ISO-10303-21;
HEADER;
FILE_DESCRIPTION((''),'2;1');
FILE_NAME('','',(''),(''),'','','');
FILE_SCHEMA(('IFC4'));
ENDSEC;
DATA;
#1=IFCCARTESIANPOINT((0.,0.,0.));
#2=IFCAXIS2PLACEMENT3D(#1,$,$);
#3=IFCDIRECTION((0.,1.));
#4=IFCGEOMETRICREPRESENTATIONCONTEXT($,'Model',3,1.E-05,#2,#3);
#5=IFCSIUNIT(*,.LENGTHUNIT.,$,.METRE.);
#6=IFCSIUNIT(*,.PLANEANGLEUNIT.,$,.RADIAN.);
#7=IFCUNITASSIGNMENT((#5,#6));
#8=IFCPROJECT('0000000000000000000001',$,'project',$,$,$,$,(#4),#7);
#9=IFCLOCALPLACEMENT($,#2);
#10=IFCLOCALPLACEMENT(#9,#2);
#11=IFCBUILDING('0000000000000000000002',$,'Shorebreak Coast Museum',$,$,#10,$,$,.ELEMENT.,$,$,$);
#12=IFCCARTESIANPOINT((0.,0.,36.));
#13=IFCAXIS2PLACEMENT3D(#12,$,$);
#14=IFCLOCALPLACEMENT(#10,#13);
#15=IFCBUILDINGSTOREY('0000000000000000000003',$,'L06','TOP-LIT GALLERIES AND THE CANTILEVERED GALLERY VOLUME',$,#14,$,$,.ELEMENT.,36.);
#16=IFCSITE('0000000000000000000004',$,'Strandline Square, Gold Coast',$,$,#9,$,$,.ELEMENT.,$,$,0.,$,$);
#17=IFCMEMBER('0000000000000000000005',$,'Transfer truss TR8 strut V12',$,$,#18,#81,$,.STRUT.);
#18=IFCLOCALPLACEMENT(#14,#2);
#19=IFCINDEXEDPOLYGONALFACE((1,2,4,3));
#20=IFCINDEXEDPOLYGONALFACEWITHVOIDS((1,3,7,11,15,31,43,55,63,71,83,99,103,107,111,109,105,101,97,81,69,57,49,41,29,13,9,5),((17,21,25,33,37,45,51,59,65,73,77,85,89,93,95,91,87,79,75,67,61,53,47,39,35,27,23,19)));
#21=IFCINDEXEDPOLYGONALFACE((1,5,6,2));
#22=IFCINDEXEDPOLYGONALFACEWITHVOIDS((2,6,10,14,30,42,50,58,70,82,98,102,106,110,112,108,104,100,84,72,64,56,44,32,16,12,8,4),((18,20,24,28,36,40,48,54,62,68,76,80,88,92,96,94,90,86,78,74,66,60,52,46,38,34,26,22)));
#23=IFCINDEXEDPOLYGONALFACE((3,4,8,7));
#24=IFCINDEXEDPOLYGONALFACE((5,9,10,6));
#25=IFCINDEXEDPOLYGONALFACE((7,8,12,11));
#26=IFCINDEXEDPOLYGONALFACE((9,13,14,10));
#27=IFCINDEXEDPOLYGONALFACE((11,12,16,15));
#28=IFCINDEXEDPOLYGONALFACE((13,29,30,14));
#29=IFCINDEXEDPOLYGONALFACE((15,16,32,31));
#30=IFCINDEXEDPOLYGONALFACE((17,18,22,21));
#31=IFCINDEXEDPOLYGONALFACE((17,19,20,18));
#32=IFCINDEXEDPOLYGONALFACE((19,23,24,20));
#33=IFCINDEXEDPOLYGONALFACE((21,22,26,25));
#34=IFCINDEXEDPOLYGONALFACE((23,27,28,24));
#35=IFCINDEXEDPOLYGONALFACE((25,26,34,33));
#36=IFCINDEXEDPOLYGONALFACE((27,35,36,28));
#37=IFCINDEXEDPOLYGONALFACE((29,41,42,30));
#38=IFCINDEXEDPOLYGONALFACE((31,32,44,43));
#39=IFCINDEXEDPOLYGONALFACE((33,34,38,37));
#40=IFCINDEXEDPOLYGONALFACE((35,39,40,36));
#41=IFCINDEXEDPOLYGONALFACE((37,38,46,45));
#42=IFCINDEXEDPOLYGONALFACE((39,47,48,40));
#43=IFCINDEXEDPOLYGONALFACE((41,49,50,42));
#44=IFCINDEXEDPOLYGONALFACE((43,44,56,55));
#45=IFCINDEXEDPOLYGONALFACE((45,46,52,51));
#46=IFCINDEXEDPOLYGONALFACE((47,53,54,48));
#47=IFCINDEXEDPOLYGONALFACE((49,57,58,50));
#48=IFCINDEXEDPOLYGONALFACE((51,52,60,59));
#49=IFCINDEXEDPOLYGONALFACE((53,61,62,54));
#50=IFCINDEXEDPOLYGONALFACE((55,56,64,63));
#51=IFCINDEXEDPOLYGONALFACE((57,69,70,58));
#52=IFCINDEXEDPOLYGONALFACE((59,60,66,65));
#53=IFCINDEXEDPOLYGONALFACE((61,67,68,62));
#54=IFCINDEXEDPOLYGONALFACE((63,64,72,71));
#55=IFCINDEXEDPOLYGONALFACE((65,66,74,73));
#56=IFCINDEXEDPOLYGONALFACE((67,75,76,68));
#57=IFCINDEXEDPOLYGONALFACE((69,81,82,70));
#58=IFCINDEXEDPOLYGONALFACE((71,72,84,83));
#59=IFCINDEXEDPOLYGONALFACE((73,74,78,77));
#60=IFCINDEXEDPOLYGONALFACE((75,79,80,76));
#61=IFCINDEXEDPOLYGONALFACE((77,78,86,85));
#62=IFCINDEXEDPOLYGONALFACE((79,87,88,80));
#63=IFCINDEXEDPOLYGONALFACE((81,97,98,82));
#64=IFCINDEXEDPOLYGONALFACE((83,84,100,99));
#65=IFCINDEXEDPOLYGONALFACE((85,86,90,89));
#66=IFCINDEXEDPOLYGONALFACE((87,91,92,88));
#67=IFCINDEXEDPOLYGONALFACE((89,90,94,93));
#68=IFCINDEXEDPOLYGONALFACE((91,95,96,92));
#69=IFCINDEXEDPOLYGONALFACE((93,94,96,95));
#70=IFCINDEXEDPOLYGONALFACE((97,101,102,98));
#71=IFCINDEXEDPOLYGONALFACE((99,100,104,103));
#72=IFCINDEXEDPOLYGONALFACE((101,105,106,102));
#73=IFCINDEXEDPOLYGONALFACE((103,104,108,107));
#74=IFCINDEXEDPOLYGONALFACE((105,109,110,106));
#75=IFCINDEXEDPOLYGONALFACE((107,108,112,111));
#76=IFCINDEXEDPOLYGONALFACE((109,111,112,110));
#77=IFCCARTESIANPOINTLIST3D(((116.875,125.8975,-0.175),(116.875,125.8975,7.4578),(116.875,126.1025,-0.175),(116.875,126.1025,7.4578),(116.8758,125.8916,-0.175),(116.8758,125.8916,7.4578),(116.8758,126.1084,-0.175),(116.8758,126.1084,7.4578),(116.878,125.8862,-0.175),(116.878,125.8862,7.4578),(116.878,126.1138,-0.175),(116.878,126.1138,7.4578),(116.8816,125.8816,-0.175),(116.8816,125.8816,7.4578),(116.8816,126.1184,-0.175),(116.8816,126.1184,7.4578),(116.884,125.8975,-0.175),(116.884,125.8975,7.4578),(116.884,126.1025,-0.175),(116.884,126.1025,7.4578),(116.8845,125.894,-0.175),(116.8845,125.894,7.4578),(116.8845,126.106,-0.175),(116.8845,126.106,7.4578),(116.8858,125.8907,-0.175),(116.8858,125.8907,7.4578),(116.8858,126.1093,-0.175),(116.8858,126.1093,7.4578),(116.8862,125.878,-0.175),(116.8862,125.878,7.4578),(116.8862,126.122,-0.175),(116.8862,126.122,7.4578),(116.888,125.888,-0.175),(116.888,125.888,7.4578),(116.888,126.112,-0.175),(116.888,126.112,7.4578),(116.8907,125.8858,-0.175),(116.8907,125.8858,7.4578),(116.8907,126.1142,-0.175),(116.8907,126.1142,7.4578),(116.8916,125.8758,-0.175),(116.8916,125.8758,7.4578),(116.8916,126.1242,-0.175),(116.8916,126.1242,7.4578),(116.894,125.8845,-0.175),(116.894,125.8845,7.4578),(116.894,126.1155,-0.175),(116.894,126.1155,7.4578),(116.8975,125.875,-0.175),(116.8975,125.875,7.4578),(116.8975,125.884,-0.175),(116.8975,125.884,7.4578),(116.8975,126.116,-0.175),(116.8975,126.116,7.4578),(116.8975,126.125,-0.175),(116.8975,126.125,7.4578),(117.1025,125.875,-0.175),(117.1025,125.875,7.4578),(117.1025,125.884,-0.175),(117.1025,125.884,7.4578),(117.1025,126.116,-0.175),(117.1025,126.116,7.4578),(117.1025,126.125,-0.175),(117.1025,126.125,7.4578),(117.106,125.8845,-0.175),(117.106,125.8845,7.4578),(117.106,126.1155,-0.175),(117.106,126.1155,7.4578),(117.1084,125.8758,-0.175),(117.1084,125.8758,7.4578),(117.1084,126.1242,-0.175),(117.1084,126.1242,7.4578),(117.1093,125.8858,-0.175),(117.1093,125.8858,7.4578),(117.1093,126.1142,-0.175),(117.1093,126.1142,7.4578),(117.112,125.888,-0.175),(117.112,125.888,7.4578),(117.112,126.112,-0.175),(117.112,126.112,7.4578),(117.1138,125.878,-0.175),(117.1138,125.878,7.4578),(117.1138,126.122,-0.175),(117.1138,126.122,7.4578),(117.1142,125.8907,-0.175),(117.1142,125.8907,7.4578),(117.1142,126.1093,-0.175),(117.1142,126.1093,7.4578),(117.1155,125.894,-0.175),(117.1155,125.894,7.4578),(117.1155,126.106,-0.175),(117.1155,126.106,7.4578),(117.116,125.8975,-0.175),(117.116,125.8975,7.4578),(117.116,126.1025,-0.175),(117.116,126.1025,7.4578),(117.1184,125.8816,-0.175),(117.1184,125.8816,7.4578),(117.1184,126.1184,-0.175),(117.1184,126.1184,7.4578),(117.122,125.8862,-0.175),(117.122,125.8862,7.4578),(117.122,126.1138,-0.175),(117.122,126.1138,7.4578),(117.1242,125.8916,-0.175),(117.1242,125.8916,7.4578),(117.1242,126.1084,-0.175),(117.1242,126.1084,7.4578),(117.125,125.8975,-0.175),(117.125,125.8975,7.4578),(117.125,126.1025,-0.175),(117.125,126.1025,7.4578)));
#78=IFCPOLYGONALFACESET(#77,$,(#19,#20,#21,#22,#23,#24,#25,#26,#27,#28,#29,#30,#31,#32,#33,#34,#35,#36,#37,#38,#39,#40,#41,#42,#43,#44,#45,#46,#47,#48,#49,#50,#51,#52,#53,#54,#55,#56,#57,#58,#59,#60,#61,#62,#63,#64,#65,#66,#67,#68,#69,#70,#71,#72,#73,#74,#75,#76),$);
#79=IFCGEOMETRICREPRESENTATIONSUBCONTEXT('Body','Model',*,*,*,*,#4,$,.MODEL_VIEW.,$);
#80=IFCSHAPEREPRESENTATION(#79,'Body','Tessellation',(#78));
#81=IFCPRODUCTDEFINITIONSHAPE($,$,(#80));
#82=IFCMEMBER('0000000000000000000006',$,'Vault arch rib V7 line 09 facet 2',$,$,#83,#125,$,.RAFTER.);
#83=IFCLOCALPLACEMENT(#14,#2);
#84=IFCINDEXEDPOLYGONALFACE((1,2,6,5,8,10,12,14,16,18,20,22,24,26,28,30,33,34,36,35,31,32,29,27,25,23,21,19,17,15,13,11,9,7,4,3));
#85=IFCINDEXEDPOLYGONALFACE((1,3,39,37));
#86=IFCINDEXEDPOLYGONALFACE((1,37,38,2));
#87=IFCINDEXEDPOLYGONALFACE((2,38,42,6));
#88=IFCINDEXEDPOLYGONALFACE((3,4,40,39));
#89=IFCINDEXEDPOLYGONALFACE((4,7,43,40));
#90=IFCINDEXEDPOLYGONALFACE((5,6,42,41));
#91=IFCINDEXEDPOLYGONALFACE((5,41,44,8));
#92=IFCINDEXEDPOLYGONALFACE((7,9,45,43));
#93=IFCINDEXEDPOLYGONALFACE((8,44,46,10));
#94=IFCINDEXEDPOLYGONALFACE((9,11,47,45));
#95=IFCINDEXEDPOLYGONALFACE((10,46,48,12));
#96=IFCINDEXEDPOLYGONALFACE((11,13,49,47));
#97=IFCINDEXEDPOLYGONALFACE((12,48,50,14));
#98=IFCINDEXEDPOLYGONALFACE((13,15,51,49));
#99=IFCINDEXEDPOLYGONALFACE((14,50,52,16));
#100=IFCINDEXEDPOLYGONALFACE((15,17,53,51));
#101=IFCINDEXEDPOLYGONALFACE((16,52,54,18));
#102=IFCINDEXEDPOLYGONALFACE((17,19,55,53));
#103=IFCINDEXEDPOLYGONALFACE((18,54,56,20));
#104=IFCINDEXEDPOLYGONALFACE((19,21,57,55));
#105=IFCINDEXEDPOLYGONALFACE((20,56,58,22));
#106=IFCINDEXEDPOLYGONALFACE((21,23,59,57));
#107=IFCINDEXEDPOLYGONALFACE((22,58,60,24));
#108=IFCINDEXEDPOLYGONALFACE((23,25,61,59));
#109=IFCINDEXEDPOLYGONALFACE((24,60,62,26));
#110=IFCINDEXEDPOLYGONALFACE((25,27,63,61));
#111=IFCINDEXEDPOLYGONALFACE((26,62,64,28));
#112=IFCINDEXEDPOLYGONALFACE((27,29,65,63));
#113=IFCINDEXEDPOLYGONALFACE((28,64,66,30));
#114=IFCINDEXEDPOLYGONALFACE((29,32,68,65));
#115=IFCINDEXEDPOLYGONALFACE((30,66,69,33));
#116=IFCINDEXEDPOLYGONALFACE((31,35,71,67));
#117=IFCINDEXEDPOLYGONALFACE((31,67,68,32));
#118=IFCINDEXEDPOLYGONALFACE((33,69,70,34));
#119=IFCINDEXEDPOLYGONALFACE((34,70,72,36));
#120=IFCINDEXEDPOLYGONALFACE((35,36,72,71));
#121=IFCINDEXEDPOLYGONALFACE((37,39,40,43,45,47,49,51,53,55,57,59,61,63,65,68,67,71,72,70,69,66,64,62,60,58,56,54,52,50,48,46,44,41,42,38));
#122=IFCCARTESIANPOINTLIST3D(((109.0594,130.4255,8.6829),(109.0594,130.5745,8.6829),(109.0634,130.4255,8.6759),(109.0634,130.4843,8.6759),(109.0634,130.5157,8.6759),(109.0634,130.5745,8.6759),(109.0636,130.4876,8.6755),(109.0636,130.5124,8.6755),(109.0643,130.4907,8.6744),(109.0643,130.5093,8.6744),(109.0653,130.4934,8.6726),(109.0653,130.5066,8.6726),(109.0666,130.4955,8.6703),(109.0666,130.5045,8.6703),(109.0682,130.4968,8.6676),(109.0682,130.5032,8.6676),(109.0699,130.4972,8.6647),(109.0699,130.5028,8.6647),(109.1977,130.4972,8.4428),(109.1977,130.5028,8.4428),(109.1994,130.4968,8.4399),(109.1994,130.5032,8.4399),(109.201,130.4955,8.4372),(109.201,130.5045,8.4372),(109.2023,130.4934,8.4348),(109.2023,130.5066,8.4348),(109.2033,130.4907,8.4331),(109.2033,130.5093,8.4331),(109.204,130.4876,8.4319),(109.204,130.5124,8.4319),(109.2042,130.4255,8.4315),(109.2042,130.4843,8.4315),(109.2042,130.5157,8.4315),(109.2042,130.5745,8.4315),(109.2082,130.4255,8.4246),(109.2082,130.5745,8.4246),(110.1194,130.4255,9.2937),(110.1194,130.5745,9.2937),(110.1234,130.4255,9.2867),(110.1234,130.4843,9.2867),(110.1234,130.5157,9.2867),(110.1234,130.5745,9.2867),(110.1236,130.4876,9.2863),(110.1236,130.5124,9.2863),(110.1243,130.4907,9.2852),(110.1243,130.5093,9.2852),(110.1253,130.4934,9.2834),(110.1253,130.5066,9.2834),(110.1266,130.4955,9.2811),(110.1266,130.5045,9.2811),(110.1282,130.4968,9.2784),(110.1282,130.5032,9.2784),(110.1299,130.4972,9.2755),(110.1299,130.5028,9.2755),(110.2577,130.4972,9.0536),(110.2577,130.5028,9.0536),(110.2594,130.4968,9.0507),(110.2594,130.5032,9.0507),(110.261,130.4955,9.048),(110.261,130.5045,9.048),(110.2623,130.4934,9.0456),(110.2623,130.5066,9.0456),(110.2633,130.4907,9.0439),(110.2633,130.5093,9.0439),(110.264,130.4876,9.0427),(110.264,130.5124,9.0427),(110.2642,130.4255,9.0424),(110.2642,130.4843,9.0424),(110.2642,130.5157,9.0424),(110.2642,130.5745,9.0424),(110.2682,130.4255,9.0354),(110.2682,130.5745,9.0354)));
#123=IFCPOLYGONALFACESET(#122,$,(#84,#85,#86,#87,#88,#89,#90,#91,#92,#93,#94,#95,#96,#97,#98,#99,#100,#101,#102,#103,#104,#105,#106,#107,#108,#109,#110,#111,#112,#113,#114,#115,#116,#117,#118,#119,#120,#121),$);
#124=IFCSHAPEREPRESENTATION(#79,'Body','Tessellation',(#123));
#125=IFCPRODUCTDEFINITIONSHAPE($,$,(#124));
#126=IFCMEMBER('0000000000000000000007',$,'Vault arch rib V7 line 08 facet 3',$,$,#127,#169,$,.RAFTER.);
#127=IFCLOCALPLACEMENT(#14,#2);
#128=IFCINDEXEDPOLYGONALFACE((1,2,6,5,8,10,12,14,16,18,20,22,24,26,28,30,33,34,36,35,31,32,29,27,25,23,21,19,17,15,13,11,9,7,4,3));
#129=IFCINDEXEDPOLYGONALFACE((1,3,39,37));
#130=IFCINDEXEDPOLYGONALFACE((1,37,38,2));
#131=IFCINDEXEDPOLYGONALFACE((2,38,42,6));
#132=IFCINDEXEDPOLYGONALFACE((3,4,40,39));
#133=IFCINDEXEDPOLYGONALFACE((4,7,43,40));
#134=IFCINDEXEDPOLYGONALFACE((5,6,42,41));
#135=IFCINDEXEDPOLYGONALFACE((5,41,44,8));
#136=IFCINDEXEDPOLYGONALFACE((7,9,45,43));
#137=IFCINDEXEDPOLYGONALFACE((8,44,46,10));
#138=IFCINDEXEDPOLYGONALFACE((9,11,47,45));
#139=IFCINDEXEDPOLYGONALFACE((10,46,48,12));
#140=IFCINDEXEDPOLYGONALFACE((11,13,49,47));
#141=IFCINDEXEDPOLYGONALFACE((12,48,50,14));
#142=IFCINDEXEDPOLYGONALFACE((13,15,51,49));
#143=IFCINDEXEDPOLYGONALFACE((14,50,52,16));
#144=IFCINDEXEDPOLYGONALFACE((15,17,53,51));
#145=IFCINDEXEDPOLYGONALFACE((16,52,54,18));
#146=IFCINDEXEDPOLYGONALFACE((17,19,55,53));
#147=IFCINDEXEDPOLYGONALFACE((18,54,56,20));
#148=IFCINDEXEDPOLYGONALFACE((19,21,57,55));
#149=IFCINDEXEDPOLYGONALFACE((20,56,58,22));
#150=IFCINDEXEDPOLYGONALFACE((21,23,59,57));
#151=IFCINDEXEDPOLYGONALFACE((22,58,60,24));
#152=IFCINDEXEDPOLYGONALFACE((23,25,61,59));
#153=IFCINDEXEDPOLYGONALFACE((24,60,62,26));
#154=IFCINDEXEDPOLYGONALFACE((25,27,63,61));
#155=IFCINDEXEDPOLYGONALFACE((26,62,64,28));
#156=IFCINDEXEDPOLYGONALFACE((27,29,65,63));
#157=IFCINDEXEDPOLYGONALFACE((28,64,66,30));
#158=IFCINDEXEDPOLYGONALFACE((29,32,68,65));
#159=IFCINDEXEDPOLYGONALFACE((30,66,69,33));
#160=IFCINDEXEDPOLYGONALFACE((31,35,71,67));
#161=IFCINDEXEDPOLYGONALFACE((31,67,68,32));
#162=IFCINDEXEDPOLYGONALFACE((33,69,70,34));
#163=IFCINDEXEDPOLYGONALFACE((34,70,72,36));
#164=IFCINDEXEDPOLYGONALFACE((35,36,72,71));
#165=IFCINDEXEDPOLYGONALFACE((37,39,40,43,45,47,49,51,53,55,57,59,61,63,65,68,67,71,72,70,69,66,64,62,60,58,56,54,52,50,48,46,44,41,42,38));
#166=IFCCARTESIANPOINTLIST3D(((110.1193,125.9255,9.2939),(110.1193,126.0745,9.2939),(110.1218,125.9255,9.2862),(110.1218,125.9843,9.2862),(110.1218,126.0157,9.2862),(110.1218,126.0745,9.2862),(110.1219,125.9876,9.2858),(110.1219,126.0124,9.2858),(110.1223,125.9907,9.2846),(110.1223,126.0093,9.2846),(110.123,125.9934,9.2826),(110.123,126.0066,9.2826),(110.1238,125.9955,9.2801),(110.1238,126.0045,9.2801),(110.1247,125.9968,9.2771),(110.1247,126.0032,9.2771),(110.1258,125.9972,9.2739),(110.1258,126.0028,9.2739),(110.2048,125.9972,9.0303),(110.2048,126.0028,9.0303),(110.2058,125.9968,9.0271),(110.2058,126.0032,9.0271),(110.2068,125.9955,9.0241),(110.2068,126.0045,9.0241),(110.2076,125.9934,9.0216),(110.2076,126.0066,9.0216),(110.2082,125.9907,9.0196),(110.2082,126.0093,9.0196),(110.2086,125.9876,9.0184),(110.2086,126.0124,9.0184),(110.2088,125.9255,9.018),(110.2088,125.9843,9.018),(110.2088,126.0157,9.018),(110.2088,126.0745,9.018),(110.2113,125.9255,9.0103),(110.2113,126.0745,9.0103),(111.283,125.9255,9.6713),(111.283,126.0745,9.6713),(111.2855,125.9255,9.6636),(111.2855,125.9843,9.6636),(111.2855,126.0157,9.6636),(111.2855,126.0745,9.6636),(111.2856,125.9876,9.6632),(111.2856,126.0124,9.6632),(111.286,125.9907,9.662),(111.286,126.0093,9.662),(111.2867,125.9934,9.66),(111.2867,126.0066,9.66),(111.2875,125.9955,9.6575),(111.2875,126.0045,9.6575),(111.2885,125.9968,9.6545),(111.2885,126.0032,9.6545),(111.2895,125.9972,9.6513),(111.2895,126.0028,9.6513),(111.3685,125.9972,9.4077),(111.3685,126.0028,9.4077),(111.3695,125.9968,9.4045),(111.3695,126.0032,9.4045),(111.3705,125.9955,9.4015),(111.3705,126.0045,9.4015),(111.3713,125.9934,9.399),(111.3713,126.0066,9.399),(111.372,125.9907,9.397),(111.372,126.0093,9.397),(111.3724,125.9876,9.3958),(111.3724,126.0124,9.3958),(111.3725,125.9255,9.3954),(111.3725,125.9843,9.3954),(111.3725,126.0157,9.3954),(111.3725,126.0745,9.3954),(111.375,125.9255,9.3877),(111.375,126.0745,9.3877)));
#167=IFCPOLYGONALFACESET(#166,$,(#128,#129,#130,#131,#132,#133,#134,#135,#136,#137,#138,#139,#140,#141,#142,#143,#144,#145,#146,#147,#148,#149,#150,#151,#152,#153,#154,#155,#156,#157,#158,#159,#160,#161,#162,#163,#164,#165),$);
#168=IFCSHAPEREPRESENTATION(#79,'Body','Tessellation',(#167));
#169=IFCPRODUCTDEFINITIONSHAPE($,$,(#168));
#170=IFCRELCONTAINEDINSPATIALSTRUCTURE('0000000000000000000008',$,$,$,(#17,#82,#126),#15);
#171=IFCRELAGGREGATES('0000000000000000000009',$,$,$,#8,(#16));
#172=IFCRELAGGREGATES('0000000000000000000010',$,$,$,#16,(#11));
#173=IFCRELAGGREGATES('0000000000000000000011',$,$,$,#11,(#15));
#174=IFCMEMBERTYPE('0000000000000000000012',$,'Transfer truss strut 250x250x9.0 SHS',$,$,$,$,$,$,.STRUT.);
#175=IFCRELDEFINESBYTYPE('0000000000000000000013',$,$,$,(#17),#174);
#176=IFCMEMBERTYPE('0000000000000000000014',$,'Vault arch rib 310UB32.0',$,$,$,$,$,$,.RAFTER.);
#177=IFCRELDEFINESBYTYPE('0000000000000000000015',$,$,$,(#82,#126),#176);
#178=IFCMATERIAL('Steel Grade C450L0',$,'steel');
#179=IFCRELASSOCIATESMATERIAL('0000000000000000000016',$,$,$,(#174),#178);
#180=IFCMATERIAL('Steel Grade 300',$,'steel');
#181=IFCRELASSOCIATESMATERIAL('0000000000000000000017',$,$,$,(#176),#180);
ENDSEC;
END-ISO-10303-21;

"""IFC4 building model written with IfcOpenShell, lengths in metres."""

from ifc_helpers import new_model, si_unit, direction, frame, origin, origin_2d, place, context, subcontext, project, spatial, hollow_rectangle, i_section, extrude, material, material_profile, profile_set, type_object, element, save


model = new_model("IFC4")

# Units and contexts
model_context = context("Model", 3, precision=1e-05, world=origin(), true_north=direction((0.0, 1.0)))
body_context = subcontext(model_context, "Body", "Model", "MODEL_VIEW")
ifc_project = project(units=[si_unit("LENGTHUNIT", "METRE"), si_unit("PLANEANGLEUNIT", "RADIAN")], contexts=[model_context])

# Site, building, storey
site_placement = place(None, origin())
site = spatial("IfcSite", under=ifc_project, at=site_placement, Name="Strandline Square, Gold Coast", CompositionType="ELEMENT", RefElevation=0.0)
building_placement = place(site_placement, origin())
building = spatial("IfcBuilding", under=site, at=building_placement, Name="Shorebreak Coast Museum", CompositionType="ELEMENT")
storey_placement = place(building_placement, frame((0.0, 0.0, 36.0)))
storey = spatial("IfcBuildingStorey", under=building, at=storey_placement, Name="L06", Description="TOP-LIT GALLERIES AND THE CANTILEVERED GALLERY VOLUME", CompositionType="ELEMENT", Elevation=36.0)

# Members
ifc_material_1 = material(Name="Steel Grade C450L0", Category="steel")
ifc_material_profile_1 = material_profile(ifc_material_1, hollow_rectangle(XDim=0.25, YDim=0.25, WallThickness=0.009, InnerFilletRadius=0.0134, OuterFilletRadius=0.0225, at=origin_2d()), Name="250x250x9.0 SHS")
ifc_profile_set_1 = profile_set([ifc_material_profile_1], Name="Steel Grade C450L0")
member_type_1 = type_object("IfcMemberType", Name="Transfer truss strut 250x250x9.0 SHS", PredefinedType="STRUT", material=ifc_profile_set_1)
for number, where, z_axis, x_axis, name in (
    (1, (117.0, 126.0, -0.175), (0.0, 0.0, 1.0), (1.0, 0.0, 0.0), "Transfer truss TR8 strut V12"),
):
    element("IfcMember", number, at=place(storey_placement, frame(where, z_axis=z_axis, x_axis=x_axis)), inside=storey, type_object=member_type_1, Name=name, PredefinedType="STRUT", context=body_context, shape_type="SweptSolid", body=[
        extrude(hollow_rectangle(XDim=0.25, YDim=0.25, WallThickness=0.009, InnerFilletRadius=0.0134, OuterFilletRadius=0.0225, at=origin_2d()), origin(), (0.0, 0.0, 1.0), 7.6328),
    ])
ifc_material_2 = material(Name="Steel Grade 300", Category="steel")
ifc_material_profile_2 = material_profile(ifc_material_2, i_section(OverallWidth=0.1489, OverallDepth=0.2981, WebThickness=0.0056, FlangeThickness=0.0081, FilletRadius=0.0129, at=origin_2d()), Name="310UB32.0")
ifc_profile_set_2 = profile_set([ifc_material_profile_2], Name="Steel Grade 300")
member_type_2 = type_object("IfcMemberType", Name="Vault arch rib 310UB32.0", PredefinedType="RAFTER", material=ifc_profile_set_2)
for number, where, z_axis, x_axis, name in (
    (2, (109.1338, 130.5, 8.5537), (0.866445, 0.0, 0.499273), (0.0, 1.0, 0.0), "Vault arch rib V7 line 09 facet 2"),
    (3, (110.1653, 126.0, 9.1521), (0.951226, 0.0, 0.308495), (0.0, 1.0, 0.0), "Vault arch rib V7 line 08 facet 3"),
):
    element("IfcMember", number, at=place(storey_placement, frame(where, z_axis=z_axis, x_axis=x_axis)), inside=storey, type_object=member_type_2, Name=name, PredefinedType="RAFTER", context=body_context, shape_type="SweptSolid", body=[
        extrude(i_section(OverallWidth=0.1489, OverallDepth=0.2981, WebThickness=0.0056, FlangeThickness=0.0081, FilletRadius=0.0129, at=origin_2d()), origin(), (0.0, 0.0, 1.0), 1.2234),
    ])

save(model, "model.ifc")
